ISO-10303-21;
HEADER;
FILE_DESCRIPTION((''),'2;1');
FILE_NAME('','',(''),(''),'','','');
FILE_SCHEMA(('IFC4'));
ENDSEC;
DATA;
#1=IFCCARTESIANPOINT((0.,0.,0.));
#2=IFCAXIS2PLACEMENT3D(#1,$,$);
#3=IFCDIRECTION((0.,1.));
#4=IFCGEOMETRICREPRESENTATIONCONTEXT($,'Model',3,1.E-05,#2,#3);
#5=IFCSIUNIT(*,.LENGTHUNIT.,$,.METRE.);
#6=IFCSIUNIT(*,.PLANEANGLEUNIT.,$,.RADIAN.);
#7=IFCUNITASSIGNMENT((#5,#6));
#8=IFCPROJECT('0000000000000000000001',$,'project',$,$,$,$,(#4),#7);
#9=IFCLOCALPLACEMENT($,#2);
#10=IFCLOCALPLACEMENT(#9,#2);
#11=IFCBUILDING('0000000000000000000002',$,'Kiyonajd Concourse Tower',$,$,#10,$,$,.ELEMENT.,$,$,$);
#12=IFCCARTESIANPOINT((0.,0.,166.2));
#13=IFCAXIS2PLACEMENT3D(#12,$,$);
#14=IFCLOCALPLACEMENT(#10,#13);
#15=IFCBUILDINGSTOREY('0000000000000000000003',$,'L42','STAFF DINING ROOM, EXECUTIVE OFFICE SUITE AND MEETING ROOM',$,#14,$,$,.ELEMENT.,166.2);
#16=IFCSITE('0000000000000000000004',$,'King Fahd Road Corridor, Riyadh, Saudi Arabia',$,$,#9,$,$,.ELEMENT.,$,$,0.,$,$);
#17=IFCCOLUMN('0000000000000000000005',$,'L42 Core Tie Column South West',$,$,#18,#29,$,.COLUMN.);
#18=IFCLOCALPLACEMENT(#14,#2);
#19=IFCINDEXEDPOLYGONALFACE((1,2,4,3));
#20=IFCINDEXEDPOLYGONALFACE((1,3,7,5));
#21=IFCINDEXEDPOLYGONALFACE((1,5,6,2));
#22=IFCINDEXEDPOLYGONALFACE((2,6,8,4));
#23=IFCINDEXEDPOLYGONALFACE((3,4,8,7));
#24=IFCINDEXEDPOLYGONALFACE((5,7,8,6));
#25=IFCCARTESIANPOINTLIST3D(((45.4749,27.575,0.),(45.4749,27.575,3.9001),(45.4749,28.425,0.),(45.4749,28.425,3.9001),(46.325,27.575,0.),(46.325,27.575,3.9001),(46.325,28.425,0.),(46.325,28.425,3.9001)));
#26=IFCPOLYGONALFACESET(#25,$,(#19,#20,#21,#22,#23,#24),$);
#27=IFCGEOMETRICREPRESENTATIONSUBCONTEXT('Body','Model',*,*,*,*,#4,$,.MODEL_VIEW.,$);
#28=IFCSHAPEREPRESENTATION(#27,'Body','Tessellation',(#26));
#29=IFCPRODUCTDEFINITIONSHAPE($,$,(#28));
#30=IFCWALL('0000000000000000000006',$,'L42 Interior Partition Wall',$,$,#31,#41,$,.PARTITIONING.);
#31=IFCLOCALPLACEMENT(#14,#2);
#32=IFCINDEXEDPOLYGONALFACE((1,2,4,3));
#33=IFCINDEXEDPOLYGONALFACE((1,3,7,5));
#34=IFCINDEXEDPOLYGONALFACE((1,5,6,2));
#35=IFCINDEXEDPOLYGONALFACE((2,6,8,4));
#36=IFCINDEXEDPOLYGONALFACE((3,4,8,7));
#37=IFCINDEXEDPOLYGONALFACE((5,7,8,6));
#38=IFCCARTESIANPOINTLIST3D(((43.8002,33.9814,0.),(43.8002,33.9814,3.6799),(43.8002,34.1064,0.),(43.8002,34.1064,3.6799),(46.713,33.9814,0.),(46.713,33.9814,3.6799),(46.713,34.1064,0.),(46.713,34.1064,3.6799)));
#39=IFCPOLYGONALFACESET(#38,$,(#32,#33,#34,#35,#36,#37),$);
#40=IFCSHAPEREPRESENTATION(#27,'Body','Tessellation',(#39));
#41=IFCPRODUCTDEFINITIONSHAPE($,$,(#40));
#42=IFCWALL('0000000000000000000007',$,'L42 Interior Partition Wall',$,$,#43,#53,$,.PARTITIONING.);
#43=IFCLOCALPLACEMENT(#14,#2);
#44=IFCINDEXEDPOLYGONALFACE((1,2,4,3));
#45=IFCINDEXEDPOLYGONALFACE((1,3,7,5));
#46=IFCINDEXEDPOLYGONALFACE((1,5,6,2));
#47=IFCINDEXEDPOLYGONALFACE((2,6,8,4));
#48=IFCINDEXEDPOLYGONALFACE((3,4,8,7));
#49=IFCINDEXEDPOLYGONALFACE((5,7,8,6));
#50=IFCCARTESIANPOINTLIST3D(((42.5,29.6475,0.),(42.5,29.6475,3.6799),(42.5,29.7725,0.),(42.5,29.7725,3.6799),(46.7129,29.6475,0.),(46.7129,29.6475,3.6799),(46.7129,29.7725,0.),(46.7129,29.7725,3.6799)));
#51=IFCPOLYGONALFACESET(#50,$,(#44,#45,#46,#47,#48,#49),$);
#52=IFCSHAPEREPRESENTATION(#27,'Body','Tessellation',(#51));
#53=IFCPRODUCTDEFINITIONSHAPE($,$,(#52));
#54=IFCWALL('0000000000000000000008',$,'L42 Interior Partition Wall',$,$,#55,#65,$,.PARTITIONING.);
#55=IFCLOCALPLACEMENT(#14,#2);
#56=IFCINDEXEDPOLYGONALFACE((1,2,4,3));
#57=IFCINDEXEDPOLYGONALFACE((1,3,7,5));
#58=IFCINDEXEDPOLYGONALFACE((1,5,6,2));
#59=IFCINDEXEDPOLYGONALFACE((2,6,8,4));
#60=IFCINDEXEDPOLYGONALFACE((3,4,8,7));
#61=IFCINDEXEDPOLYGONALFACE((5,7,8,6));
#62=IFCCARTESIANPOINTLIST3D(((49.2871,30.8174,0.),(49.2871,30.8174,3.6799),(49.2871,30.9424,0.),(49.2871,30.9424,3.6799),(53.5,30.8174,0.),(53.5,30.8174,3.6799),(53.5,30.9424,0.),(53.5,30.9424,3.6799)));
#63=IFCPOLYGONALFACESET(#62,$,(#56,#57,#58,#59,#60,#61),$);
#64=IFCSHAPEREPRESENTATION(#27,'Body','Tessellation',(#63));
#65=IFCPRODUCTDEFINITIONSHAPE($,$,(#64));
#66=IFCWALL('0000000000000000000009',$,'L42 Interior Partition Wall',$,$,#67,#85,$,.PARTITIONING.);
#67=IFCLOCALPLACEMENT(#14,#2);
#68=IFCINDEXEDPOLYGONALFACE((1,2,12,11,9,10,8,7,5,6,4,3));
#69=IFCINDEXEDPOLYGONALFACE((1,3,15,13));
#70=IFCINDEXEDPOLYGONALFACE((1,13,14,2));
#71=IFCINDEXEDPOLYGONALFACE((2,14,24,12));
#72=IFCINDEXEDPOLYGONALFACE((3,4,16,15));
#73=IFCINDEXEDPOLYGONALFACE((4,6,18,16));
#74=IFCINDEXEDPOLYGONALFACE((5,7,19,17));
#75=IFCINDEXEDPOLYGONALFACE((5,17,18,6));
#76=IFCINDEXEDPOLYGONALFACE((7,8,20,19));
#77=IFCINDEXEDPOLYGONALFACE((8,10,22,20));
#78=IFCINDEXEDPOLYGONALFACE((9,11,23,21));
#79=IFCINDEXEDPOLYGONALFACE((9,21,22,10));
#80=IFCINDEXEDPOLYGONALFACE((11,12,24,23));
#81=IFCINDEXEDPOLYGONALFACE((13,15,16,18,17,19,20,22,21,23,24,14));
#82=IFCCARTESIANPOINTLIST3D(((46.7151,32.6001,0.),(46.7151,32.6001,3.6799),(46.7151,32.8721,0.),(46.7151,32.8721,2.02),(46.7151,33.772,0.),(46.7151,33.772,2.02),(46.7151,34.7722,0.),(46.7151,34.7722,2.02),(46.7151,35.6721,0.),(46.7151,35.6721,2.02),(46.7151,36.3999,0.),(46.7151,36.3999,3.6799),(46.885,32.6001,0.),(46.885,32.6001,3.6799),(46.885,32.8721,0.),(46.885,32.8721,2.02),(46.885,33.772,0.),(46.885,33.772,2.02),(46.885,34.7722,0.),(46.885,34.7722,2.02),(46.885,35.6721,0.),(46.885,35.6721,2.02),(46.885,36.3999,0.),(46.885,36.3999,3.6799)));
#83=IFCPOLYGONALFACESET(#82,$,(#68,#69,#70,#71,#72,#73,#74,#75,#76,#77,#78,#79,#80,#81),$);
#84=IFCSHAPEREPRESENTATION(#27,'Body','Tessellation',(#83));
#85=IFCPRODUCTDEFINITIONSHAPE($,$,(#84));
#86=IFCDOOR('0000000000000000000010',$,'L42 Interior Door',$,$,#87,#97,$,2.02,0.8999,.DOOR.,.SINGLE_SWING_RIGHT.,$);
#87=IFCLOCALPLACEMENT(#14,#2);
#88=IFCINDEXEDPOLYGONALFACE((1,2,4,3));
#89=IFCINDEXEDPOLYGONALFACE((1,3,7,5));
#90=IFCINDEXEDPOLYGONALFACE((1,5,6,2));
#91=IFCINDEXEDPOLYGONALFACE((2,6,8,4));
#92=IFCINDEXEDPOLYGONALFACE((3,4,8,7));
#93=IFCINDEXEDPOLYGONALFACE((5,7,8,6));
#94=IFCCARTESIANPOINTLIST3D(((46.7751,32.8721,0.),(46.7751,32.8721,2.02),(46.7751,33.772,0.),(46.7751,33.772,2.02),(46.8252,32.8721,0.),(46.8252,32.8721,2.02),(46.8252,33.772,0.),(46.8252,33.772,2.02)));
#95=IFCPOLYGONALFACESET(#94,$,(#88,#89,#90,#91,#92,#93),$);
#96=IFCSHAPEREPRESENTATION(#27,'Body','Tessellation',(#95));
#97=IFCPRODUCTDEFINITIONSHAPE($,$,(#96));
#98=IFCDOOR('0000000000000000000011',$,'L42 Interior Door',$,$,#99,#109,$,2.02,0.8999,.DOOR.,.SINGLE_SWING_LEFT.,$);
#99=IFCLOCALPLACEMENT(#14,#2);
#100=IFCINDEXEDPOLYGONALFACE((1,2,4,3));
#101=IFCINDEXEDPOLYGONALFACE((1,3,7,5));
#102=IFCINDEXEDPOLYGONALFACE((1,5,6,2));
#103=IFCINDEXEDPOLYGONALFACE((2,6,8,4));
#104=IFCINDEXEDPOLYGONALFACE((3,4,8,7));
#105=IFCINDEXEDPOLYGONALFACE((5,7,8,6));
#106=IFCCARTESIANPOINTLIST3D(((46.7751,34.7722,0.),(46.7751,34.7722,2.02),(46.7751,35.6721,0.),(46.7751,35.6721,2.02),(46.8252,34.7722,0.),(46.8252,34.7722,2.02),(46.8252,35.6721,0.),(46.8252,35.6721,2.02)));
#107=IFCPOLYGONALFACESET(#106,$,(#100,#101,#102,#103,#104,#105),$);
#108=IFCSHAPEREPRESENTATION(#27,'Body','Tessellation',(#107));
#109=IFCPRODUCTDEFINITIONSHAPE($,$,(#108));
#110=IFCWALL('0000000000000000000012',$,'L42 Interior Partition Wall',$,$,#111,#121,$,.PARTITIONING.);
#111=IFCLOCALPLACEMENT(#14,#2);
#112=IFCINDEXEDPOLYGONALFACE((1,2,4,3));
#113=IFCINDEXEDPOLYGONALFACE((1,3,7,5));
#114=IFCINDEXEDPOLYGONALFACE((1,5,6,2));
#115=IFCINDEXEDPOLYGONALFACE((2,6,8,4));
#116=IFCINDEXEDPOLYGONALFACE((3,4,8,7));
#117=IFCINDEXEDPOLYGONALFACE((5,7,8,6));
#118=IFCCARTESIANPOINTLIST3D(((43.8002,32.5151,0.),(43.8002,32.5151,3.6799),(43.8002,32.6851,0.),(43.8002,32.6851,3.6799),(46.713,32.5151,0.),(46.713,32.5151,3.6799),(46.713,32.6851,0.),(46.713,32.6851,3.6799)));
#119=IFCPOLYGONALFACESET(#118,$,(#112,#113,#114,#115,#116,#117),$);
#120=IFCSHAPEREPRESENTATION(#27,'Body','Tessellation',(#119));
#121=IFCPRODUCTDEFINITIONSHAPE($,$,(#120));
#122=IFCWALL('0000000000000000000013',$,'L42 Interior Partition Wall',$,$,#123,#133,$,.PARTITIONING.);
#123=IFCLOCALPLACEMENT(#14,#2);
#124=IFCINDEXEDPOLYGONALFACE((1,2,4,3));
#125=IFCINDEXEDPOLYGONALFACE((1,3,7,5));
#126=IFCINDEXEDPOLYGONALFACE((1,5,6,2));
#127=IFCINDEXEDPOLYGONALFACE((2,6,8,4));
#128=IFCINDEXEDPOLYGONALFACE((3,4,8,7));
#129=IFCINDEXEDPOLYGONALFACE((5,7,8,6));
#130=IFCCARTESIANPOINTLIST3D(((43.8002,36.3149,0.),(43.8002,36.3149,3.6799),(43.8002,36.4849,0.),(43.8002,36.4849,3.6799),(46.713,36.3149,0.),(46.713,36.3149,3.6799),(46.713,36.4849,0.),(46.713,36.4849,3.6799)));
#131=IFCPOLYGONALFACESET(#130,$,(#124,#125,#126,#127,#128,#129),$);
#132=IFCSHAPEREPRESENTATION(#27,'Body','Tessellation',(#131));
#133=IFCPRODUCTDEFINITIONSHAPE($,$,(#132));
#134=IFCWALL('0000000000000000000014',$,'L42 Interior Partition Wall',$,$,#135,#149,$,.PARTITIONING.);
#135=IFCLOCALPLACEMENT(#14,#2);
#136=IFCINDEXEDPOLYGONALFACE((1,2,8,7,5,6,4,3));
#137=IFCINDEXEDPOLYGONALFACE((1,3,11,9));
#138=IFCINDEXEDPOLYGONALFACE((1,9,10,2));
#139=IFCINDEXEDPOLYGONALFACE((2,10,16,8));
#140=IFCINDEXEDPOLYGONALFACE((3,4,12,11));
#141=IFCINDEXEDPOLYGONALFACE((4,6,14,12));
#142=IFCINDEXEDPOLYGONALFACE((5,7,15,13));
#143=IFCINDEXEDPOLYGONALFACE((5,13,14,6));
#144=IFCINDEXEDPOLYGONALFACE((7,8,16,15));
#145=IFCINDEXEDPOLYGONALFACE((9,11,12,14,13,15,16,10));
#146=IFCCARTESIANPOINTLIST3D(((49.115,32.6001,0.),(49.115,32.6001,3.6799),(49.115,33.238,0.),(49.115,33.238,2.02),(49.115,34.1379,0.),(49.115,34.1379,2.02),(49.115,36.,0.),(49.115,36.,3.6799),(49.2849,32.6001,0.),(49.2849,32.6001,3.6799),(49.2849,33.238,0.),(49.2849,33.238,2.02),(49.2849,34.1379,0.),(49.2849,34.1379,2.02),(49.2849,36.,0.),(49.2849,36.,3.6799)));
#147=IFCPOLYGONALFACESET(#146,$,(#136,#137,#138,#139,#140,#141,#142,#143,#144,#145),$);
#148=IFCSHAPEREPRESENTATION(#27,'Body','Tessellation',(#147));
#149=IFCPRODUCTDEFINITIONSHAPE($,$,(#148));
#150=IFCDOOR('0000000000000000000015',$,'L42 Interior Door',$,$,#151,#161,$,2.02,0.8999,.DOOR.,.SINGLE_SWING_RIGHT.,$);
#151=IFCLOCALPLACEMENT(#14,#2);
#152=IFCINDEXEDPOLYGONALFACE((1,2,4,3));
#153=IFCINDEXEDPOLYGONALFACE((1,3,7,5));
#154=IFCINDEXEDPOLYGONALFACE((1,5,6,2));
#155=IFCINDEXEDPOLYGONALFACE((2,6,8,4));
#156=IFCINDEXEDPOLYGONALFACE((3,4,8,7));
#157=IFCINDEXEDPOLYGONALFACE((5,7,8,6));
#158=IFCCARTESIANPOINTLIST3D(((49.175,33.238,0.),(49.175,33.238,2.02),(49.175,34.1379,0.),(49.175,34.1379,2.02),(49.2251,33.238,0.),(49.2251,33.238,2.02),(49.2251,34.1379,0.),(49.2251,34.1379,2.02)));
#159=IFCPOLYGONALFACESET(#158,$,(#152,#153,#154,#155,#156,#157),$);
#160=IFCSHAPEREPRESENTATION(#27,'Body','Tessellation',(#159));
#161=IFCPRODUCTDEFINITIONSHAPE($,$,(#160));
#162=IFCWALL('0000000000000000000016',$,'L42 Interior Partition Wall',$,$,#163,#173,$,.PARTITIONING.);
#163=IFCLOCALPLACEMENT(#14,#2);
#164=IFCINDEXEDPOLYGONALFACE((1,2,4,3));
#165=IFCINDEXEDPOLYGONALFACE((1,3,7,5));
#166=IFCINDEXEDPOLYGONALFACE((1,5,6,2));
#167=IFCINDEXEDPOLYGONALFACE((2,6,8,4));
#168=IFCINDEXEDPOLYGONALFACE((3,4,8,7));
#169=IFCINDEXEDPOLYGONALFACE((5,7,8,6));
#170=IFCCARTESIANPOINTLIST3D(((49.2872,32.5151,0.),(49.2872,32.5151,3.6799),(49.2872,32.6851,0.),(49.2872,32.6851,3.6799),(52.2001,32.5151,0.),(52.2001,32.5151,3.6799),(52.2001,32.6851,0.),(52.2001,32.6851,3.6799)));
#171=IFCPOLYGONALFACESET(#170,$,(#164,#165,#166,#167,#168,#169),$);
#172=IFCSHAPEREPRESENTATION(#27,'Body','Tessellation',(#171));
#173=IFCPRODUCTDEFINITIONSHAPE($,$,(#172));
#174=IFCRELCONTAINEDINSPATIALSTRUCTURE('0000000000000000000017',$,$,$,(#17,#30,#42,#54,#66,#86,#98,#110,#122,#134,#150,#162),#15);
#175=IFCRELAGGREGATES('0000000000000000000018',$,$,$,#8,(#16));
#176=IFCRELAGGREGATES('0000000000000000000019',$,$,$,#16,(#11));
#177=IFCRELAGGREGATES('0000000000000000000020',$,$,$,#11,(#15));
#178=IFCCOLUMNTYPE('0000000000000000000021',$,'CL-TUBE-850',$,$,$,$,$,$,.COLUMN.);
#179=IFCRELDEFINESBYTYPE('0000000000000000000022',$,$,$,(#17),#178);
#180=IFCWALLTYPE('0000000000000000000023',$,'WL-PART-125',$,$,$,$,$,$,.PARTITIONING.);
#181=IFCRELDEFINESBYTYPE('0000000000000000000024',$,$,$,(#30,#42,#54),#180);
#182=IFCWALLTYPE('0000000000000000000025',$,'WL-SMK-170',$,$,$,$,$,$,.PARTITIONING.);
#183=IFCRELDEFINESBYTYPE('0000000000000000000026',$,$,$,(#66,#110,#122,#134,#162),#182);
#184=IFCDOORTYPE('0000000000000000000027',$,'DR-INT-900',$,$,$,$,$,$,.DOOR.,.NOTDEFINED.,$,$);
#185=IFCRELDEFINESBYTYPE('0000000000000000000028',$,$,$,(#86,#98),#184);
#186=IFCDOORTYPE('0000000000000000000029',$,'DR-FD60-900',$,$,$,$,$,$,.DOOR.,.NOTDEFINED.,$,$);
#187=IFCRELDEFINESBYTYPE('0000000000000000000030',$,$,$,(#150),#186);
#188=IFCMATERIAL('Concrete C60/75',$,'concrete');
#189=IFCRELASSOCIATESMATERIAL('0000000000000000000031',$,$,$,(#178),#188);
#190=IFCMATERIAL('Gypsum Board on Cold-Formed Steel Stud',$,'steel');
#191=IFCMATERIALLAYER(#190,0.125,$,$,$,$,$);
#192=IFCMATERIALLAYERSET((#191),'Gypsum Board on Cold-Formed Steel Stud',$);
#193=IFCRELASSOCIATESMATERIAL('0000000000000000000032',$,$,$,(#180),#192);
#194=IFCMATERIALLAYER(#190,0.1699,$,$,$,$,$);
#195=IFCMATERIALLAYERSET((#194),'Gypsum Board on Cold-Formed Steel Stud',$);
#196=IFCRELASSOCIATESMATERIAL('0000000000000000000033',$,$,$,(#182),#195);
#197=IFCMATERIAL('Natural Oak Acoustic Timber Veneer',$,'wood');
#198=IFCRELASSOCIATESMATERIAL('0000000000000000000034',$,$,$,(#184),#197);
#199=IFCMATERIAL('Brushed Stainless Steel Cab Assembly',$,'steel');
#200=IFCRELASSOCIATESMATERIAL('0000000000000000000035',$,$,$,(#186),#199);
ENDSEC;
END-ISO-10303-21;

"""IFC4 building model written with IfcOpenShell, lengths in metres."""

from ifc_helpers import new_model, si_unit, direction, frame, frame_2d, origin, origin_2d, place, context, subcontext, project, spatial, rectangle, extrude, material, layer, layer_set, material_profile, profile_set, type_object, element, fill, save


model = new_model("IFC4")

# Units and contexts
model_context = context("Model", 3, precision=1e-05, world=origin(), true_north=direction((0.0, 1.0)))
body_context = subcontext(model_context, "Body", "Model", "MODEL_VIEW")
ifc_project = project(units=[si_unit("LENGTHUNIT", "METRE"), si_unit("PLANEANGLEUNIT", "RADIAN")], contexts=[model_context])

# Site, building, storey
site_placement = place(None, origin())
site = spatial("IfcSite", under=ifc_project, at=site_placement, Name="King Fahd Road Corridor, Riyadh, Saudi Arabia", CompositionType="ELEMENT", RefElevation=0.0)
building_placement = place(site_placement, origin())
building = spatial("IfcBuilding", under=site, at=building_placement, Name="Kiyonajd Concourse Tower", CompositionType="ELEMENT")
storey_placement = place(building_placement, frame((0.0, 0.0, 166.2)))
storey = spatial("IfcBuildingStorey", under=building, at=storey_placement, Name="L42", Description="STAFF DINING ROOM, EXECUTIVE OFFICE SUITE AND MEETING ROOM", CompositionType="ELEMENT", Elevation=166.2)

# Column
ifc_material_1 = material(Name="Concrete C60/75", Category="concrete")
ifc_material_profile = material_profile(ifc_material_1, rectangle(XDim=0.8501, YDim=0.8501, at=origin_2d()), Name="RC-850x850")
ifc_profile_set = profile_set([ifc_material_profile], Name="Concrete C60/75")
column_type = type_object("IfcColumnType", Name="CL-TUBE-850", PredefinedType="COLUMN", material=ifc_profile_set)
column_placement = place(storey_placement, frame((45.8999, 28.0, 0.0), z_axis=(0.0, 0.0, 1.0), x_axis=(1.0, 0.0, 0.0)))
element("IfcColumn", 1, at=column_placement, inside=storey, type_object=column_type, Name="L42 Core Tie Column South West", PredefinedType="COLUMN", context=body_context, shape_type="SweptSolid", body=[
    extrude(rectangle(XDim=0.8501, YDim=0.8501, at=origin_2d()), origin(), (0.0, 0.0, 1.0), 3.9001),
])

# Walls
ifc_material_2 = material(Name="Gypsum Board on Cold-Formed Steel Stud", Category="steel")
ifc_layer_1 = layer(ifc_material_2, 0.125)
ifc_layer_set_1 = layer_set([ifc_layer_1], Name="Gypsum Board on Cold-Formed Steel Stud")
wall_type_1 = type_object("IfcWallType", Name="WL-PART-125", PredefinedType="PARTITIONING", material=ifc_layer_set_1)
wall_1_placement = place(storey_placement, frame((43.8, 34.0439, 0.0), z_axis=(0.0, 0.0, 1.0), x_axis=(1.0, 0.0, 0.0)))
element("IfcWall", 2, at=wall_1_placement, inside=storey, type_object=wall_type_1, Name="L42 Interior Partition Wall", PredefinedType="PARTITIONING", context=body_context, shape_type="SweptSolid", body=[
    extrude(rectangle(XDim=2.9128, YDim=0.125, at=frame_2d((1.4565, 0.0))), origin(), (0.0, 0.0, 1.0), 3.6799),
])
for number, where, z_axis, x_axis, name in (
    (3, (42.5, 29.71, 0.0), (0.0, 0.0, 1.0), (1.0, 0.0, 0.0), "L42 Interior Partition Wall"),
    (4, (49.2871, 30.8799, 0.0), (0.0, 0.0, 1.0), (1.0, 0.0, 0.0), "L42 Interior Partition Wall"),
):
    element("IfcWall", number, at=place(storey_placement, frame(where, z_axis=z_axis, x_axis=x_axis)), inside=storey, type_object=wall_type_1, Name=name, PredefinedType="PARTITIONING", context=body_context, shape_type="SweptSolid", body=[
        extrude(rectangle(XDim=4.2129, YDim=0.125, at=frame_2d((2.1064, 0.0))), origin(), (0.0, 0.0, 1.0), 3.6799),
    ])

# Wall, openings, doors
ifc_layer_2 = layer(ifc_material_2, 0.1699)
ifc_layer_set_2 = layer_set([ifc_layer_2], Name="Gypsum Board on Cold-Formed Steel Stud")
wall_type_2 = type_object("IfcWallType", Name="WL-SMK-170", PredefinedType="PARTITIONING", material=ifc_layer_set_2)
wall_2_placement = place(storey_placement, frame((46.8, 32.6001, 0.0), z_axis=(0.0, 0.0, 1.0), x_axis=(0.0, 1.0, 0.0)))
wall_2 = element("IfcWall", 5, at=wall_2_placement, inside=storey, type_object=wall_type_2, Name="L42 Interior Partition Wall", PredefinedType="PARTITIONING", context=body_context, shape_type="SweptSolid", body=[
    extrude(rectangle(XDim=3.7998, YDim=0.1699, at=frame_2d((1.8999, 0.0))), origin(), (0.0, 0.0, 1.0), 3.6799),
])
opening_1_placement = place(wall_2_placement, frame((0.272, 0.0, 0.0)))
opening_1 = element("IfcOpeningElement", 6, at=opening_1_placement, cuts=wall_2, PredefinedType="OPENING", context=body_context, shape_type="SweptSolid", body=[
    extrude(rectangle(XDim=0.8999, YDim=2.02, at=frame_2d((0.45, 1.01))), frame((0.0, 0.095, 0.0), z_axis=(0.0, -1.0, 0.0), x_axis=(1.0, 0.0, 0.0)), (0.0, 0.0, 1.0), 0.1899),
])
opening_2_placement = place(wall_2_placement, frame((2.1721, 0.0, 0.0)))
opening_2 = element("IfcOpeningElement", 7, at=opening_2_placement, cuts=wall_2, PredefinedType="OPENING", context=body_context, shape_type="SweptSolid", body=[
    extrude(rectangle(XDim=0.8999, YDim=2.02, at=frame_2d((0.45, 1.01))), frame((0.0, 0.095, 0.0), z_axis=(0.0, -1.0, 0.0), x_axis=(1.0, 0.0, 0.0)), (0.0, 0.0, 1.0), 0.1899),
])
ifc_material_3 = material(Name="Natural Oak Acoustic Timber Veneer", Category="wood")
door_type_1 = type_object("IfcDoorType", Name="DR-INT-900", OperationType="NOTDEFINED", PredefinedType="DOOR", material=ifc_material_3)
door_1_placement = place(opening_1_placement, origin())
door_1 = element("IfcDoor", 8, at=door_1_placement, inside=storey, type_object=door_type_1, Name="L42 Interior Door", OperationType="SINGLE_SWING_RIGHT", OverallHeight=2.02, OverallWidth=0.8999, PredefinedType="DOOR", context=body_context, shape_type="SweptSolid", body=[
    extrude(rectangle(XDim=0.8999, YDim=2.02, at=frame_2d((0.45, 1.01))), frame((0.0, 0.0249, 0.0), z_axis=(0.0, -1.0, 0.0), x_axis=(1.0, 0.0, 0.0)), (0.0, 0.0, 1.0), 0.05),
])
fill(opening_1, door_1)
door_2_placement = place(opening_2_placement, origin())
door_2 = element("IfcDoor", 9, at=door_2_placement, inside=storey, type_object=door_type_1, Name="L42 Interior Door", OperationType="SINGLE_SWING_LEFT", OverallHeight=2.02, OverallWidth=0.8999, PredefinedType="DOOR", context=body_context, shape_type="SweptSolid", body=[
    extrude(rectangle(XDim=0.8999, YDim=2.02, at=frame_2d((0.45, 1.01))), frame((0.0, 0.0249, 0.0), z_axis=(0.0, -1.0, 0.0), x_axis=(1.0, 0.0, 0.0)), (0.0, 0.0, 1.0), 0.05),
])
fill(opening_2, door_2)

# Walls
for number, where, z_axis, x_axis, name in (
    (10, (43.8, 32.6001, 0.0), (0.0, 0.0, 1.0), (1.0, 0.0, 0.0), "L42 Interior Partition Wall"),
    (11, (43.8, 36.3999, 0.0), (0.0, 0.0, 1.0), (1.0, 0.0, 0.0), "L42 Interior Partition Wall"),
):
    element("IfcWall", number, at=place(storey_placement, frame(where, z_axis=z_axis, x_axis=x_axis)), inside=storey, type_object=wall_type_2, Name=name, PredefinedType="PARTITIONING", context=body_context, shape_type="SweptSolid", body=[
        extrude(rectangle(XDim=2.9128, YDim=0.1699, at=frame_2d((1.4565, 0.0))), origin(), (0.0, 0.0, 1.0), 3.6799),
    ])

# Wall, opening, door
wall_3_placement = place(storey_placement, frame((49.2, 32.6001, 0.0), z_axis=(0.0, 0.0, 1.0), x_axis=(0.0, 1.0, 0.0)))
wall_3 = element("IfcWall", 12, at=wall_3_placement, inside=storey, type_object=wall_type_2, Name="L42 Interior Partition Wall", PredefinedType="PARTITIONING", context=body_context, shape_type="SweptSolid", body=[
    extrude(rectangle(XDim=3.3999, YDim=0.1699, at=frame_2d((1.7, 0.0))), origin(), (0.0, 0.0, 1.0), 3.6799),
])
opening_3_placement = place(wall_3_placement, frame((0.6379, 0.0, 0.0)))
opening_3 = element("IfcOpeningElement", 13, at=opening_3_placement, cuts=wall_3, PredefinedType="OPENING", context=body_context, shape_type="SweptSolid", body=[
    extrude(rectangle(XDim=0.8999, YDim=2.02, at=frame_2d((0.45, 1.01))), frame((0.0, 0.095, 0.0), z_axis=(0.0, -1.0, 0.0), x_axis=(1.0, 0.0, 0.0)), (0.0, 0.0, 1.0), 0.1899),
])
ifc_material_4 = material(Name="Brushed Stainless Steel Cab Assembly", Category="steel")
door_type_2 = type_object("IfcDoorType", Name="DR-FD60-900", OperationType="NOTDEFINED", PredefinedType="DOOR", material=ifc_material_4)
door_3_placement = place(opening_3_placement, origin())
door_3 = element("IfcDoor", 14, at=door_3_placement, inside=storey, type_object=door_type_2, Name="L42 Interior Door", OperationType="SINGLE_SWING_RIGHT", OverallHeight=2.02, OverallWidth=0.8999, PredefinedType="DOOR", context=body_context, shape_type="SweptSolid", body=[
    extrude(rectangle(XDim=0.8999, YDim=2.02, at=frame_2d((0.45, 1.01))), frame((0.0, 0.0249, 0.0), z_axis=(0.0, -1.0, 0.0), x_axis=(1.0, 0.0, 0.0)), (0.0, 0.0, 1.0), 0.05),
])
fill(opening_3, door_3)

# Wall
wall_4_placement = place(storey_placement, frame((49.2871, 32.6001, 0.0), z_axis=(0.0, 0.0, 1.0), x_axis=(1.0, 0.0, 0.0)))
element("IfcWall", 15, at=wall_4_placement, inside=storey, type_object=wall_type_2, Name="L42 Interior Partition Wall", PredefinedType="PARTITIONING", context=body_context, shape_type="SweptSolid", body=[
    extrude(rectangle(XDim=2.9128, YDim=0.1699, at=frame_2d((1.4565, 0.0))), origin(), (0.0, 0.0, 1.0), 3.6799),
])

save(model, "model.ifc")
